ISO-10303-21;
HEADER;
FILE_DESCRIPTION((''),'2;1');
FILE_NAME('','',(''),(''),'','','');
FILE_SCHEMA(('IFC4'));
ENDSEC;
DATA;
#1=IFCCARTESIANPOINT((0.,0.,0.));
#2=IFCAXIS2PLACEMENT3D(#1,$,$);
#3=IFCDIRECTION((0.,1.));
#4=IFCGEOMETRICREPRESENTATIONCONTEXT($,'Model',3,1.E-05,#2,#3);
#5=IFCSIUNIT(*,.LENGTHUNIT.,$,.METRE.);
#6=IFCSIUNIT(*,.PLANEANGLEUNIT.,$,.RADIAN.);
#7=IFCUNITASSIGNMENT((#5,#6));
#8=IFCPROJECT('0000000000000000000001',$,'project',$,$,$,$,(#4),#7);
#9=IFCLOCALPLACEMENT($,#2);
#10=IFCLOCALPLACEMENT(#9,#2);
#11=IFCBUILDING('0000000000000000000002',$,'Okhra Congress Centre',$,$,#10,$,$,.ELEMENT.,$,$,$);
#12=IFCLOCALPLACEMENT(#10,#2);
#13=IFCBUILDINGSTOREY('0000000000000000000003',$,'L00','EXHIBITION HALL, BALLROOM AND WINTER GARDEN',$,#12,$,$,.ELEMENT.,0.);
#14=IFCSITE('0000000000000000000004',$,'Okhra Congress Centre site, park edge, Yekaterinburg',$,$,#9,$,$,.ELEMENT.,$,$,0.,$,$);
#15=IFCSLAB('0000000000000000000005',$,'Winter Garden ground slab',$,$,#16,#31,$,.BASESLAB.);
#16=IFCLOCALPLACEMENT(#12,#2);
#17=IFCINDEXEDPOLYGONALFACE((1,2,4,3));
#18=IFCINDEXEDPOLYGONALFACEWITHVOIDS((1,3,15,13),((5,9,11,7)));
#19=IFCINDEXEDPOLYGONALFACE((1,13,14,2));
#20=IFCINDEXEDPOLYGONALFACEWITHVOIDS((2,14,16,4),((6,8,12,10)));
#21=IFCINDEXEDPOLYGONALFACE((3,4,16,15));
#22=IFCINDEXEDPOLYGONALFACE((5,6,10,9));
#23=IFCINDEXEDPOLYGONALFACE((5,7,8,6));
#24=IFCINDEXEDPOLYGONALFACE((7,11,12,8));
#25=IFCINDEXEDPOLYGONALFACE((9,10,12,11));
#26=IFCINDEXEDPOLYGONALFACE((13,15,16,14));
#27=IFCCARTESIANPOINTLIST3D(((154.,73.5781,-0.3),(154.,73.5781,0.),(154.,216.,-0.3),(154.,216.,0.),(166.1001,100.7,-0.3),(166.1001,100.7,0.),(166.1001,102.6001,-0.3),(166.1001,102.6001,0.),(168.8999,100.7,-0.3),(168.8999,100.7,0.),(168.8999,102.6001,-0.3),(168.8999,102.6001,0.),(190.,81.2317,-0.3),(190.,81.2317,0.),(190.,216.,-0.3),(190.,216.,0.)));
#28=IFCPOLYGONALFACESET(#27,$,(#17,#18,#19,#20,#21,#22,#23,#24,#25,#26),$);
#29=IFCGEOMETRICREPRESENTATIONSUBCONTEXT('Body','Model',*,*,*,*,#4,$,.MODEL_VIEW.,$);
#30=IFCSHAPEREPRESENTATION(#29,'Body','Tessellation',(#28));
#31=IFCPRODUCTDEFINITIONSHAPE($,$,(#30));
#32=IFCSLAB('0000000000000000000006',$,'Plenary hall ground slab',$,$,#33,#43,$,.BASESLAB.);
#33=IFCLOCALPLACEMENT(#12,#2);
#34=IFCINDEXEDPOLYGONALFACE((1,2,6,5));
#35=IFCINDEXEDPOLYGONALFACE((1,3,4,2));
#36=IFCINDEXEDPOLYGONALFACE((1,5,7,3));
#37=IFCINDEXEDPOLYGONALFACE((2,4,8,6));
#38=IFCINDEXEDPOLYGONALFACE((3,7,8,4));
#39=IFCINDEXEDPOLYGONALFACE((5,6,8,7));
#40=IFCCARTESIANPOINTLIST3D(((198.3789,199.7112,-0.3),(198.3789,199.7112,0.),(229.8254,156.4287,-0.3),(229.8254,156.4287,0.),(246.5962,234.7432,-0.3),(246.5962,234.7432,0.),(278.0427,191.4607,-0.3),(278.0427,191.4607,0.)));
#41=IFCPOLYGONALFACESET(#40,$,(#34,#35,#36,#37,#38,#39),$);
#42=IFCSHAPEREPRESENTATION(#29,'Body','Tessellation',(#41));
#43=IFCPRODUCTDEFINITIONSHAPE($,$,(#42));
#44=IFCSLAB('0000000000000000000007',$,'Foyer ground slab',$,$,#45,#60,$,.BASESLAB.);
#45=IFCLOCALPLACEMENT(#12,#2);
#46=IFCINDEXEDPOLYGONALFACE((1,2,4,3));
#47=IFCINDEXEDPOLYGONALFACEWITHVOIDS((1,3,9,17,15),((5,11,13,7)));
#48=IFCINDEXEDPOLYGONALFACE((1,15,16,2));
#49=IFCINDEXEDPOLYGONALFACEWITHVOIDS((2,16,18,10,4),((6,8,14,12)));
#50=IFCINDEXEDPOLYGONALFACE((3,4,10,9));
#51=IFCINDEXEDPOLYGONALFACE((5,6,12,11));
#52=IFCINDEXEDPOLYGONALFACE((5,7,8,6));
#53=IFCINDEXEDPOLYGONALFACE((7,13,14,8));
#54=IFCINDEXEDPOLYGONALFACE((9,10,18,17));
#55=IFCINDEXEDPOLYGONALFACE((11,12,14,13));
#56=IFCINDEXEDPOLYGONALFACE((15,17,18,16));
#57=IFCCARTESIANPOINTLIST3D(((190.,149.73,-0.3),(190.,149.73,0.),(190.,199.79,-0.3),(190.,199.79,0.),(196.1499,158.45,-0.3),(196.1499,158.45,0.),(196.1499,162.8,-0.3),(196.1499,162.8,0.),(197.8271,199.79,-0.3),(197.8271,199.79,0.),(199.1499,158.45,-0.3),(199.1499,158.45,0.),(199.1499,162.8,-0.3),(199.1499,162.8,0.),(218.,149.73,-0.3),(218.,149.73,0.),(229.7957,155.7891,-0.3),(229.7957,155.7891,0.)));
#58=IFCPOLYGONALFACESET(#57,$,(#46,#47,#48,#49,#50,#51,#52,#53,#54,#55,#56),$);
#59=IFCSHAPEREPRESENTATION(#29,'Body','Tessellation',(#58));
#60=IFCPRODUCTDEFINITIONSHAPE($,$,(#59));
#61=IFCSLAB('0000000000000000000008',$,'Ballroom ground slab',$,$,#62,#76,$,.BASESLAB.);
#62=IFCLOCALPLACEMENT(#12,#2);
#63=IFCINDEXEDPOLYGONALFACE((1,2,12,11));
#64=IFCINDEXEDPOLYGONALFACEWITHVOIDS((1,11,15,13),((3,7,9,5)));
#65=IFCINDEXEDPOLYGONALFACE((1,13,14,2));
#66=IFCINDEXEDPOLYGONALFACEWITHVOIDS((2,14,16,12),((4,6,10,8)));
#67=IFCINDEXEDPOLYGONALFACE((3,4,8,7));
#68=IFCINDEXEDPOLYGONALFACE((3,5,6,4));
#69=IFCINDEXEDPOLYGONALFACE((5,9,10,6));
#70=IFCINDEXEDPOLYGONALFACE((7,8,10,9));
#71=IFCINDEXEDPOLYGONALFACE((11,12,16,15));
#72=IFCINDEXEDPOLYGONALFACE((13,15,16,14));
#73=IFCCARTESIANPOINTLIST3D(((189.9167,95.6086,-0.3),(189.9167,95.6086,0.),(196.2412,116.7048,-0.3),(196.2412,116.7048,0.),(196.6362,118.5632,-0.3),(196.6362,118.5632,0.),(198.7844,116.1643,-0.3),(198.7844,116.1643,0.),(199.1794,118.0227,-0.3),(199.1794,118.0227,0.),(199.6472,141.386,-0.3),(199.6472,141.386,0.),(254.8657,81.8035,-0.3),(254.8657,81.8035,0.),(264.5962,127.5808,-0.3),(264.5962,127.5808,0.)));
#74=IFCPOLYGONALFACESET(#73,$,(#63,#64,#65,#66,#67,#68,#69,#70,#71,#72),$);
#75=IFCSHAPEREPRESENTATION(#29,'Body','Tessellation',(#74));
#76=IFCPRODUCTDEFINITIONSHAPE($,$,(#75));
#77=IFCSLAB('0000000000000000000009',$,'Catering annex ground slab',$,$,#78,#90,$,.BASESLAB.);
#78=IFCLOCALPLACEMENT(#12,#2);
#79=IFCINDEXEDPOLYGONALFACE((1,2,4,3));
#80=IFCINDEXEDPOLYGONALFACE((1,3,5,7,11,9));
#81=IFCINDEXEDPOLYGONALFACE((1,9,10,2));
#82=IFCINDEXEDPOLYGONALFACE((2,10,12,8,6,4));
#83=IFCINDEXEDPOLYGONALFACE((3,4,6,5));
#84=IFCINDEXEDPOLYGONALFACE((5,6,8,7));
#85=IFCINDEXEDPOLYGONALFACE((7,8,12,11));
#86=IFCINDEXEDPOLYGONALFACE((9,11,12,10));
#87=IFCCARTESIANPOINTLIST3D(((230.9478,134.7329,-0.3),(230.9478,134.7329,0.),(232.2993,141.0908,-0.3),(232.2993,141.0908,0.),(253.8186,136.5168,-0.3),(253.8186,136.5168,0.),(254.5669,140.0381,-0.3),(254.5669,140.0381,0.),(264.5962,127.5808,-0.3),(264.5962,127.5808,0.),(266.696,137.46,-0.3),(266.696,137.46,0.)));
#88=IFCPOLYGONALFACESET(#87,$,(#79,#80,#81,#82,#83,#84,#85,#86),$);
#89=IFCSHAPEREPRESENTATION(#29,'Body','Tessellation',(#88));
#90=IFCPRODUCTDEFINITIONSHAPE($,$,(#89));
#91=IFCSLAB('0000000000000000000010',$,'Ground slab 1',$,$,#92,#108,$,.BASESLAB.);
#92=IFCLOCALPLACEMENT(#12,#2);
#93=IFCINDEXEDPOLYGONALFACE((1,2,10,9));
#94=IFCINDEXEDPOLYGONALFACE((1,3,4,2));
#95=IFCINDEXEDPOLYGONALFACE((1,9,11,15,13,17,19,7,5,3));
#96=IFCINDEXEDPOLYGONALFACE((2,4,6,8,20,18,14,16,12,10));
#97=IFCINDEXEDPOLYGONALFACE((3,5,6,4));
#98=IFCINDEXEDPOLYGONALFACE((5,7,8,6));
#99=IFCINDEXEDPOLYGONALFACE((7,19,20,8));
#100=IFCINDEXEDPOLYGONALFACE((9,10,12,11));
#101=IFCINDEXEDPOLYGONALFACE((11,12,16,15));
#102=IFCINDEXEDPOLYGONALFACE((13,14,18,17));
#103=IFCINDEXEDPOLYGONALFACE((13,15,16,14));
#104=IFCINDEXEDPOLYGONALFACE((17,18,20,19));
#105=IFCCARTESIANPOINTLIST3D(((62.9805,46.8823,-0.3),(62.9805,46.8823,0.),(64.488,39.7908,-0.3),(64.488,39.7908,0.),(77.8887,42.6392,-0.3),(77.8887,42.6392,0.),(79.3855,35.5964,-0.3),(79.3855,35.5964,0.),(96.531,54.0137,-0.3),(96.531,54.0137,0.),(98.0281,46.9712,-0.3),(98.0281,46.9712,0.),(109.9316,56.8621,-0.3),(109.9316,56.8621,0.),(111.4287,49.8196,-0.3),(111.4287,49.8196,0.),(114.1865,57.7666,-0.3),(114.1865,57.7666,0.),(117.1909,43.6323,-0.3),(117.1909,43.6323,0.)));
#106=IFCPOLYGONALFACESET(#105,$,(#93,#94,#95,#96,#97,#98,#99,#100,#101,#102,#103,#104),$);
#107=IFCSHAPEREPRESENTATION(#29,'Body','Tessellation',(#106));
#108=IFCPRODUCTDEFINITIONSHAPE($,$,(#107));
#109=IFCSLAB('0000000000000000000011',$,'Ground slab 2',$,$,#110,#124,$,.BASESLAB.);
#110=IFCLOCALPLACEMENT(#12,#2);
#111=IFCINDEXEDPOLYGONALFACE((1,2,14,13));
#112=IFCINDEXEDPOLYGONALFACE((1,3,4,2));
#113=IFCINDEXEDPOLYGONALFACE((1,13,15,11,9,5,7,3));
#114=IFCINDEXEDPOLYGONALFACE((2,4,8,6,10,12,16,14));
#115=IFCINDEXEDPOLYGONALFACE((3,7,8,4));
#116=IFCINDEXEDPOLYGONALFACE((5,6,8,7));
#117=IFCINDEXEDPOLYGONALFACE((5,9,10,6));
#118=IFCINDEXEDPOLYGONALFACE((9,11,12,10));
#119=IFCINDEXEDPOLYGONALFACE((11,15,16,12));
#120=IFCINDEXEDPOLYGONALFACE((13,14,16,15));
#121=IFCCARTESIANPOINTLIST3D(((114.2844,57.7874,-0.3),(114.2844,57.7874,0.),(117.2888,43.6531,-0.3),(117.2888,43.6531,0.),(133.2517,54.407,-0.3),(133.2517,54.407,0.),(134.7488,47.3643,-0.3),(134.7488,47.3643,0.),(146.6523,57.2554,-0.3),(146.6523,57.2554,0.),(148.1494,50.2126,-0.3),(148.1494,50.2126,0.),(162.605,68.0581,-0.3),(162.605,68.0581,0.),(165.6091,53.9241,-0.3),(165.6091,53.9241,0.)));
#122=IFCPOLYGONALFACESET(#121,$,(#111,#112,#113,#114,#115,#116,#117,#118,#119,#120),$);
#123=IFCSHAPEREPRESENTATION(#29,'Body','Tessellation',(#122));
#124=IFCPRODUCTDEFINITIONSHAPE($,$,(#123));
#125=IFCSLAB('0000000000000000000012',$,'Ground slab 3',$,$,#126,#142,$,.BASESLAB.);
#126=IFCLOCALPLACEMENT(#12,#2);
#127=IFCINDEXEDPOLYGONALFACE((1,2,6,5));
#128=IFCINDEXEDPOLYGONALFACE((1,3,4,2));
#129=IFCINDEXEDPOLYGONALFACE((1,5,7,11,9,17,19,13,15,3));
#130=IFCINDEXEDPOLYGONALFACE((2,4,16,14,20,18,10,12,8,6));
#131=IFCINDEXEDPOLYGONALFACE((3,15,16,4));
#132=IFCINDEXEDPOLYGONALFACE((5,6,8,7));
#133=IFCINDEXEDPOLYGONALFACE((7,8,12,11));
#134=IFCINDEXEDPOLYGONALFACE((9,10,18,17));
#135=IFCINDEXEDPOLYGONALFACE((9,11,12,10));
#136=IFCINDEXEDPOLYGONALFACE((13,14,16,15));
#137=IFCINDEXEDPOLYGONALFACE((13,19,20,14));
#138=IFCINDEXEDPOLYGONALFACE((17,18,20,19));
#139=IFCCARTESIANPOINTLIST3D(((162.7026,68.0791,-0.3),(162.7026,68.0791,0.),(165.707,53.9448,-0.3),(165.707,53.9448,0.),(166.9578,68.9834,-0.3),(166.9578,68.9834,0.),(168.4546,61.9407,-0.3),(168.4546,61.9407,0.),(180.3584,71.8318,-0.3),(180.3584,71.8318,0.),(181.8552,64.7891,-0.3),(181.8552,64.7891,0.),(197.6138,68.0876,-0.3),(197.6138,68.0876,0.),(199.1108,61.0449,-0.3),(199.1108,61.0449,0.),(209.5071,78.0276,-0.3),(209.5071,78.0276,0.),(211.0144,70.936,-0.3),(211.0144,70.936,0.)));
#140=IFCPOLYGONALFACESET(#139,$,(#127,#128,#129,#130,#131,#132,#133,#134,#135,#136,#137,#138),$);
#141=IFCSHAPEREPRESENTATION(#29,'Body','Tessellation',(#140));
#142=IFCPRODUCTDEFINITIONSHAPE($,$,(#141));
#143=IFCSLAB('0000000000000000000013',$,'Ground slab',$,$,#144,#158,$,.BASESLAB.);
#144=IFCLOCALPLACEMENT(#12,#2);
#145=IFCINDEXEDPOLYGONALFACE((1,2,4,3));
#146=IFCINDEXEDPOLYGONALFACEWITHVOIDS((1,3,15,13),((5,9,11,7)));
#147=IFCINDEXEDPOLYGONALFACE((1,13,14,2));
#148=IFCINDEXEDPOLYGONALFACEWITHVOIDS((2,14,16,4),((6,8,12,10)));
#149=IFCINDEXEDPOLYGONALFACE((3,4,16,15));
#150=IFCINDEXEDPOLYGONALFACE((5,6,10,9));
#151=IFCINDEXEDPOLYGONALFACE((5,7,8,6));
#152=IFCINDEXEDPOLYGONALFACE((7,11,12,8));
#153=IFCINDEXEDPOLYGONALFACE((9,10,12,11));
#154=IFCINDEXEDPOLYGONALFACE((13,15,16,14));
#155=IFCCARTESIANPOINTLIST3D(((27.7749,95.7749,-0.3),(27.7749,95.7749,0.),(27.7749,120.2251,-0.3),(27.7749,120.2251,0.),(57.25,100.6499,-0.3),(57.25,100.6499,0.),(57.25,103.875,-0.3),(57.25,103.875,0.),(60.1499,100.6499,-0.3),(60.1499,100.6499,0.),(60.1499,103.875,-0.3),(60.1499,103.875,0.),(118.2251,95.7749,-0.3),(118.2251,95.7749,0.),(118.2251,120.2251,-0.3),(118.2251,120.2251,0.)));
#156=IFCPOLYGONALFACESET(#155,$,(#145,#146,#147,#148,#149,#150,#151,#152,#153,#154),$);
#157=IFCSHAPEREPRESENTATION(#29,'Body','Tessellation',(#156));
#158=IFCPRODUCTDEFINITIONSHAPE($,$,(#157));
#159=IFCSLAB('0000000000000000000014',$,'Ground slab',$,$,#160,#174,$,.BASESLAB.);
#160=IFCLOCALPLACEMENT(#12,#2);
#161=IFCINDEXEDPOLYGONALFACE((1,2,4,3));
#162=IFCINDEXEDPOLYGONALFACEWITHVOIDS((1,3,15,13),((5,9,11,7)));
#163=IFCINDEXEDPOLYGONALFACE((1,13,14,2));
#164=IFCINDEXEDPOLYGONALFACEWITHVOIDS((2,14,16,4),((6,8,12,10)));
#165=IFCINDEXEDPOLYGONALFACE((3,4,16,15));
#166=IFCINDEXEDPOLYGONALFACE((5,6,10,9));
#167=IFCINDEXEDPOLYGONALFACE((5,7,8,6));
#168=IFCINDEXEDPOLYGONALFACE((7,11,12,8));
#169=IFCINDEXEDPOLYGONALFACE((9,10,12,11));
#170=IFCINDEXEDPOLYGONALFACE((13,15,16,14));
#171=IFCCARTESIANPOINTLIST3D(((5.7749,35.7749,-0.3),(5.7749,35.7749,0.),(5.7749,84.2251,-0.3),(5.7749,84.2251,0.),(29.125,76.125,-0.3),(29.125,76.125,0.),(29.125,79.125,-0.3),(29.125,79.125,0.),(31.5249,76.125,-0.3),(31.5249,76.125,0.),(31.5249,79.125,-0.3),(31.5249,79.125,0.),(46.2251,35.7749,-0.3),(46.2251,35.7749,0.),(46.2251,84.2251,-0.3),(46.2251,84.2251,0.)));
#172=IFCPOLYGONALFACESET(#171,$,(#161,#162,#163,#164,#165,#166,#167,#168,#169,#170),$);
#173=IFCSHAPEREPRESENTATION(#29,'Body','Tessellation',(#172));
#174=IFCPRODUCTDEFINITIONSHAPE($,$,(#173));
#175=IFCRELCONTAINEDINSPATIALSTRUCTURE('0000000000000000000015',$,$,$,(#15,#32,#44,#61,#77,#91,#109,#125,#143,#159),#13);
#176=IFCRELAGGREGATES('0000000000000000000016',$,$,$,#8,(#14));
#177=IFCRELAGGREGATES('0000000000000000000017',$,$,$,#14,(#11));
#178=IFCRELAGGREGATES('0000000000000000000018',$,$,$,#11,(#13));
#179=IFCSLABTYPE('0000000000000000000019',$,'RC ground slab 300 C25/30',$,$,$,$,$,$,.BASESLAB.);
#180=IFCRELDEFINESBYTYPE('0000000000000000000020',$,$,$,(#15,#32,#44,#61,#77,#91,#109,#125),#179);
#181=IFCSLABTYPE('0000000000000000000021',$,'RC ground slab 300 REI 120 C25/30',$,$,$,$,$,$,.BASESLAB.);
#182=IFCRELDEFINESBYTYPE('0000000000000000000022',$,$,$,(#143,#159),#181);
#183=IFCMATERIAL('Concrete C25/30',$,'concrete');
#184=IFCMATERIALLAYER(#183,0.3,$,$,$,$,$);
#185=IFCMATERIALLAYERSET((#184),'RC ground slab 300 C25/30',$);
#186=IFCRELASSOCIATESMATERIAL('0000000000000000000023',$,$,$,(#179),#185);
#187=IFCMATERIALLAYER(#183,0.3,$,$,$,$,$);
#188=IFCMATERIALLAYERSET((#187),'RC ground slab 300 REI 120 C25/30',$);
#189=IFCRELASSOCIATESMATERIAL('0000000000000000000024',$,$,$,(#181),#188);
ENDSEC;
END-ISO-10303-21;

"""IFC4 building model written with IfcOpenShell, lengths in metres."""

from ifc_helpers import new_model, si_unit, direction, frame, origin, place, context, subcontext, project, spatial, polyline, outline, extrude, material, layer, layer_set, type_object, element, save


model = new_model("IFC4")

# Units and contexts
model_context = context("Model", 3, precision=1e-05, world=origin(), true_north=direction((0.0, 1.0)))
body_context = subcontext(model_context, "Body", "Model", "MODEL_VIEW")
ifc_project = project(units=[si_unit("LENGTHUNIT", "METRE"), si_unit("PLANEANGLEUNIT", "RADIAN")], contexts=[model_context])

# Site, building, storey
site_placement = place(None, origin())
site = spatial("IfcSite", under=ifc_project, at=site_placement, Name="Okhra Congress Centre site, park edge, Yekaterinburg", CompositionType="ELEMENT", RefElevation=0.0)
building_placement = place(site_placement, origin())
building = spatial("IfcBuilding", under=site, at=building_placement, Name="Okhra Congress Centre", CompositionType="ELEMENT")
storey_placement = place(building_placement, origin())
storey = spatial("IfcBuildingStorey", under=building, at=storey_placement, Name="L00", Description="EXHIBITION HALL, BALLROOM AND WINTER GARDEN", CompositionType="ELEMENT", Elevation=0.0)

# Slabs
ifc_material_1 = material(Name="Concrete C25/30", Category="concrete")
ifc_layer_1 = layer(ifc_material_1, 0.3)
ifc_layer_set_1 = layer_set([ifc_layer_1], Name="RC ground slab 300 C25/30")
slab_type_1 = type_object("IfcSlabType", Name="RC ground slab 300 C25/30", PredefinedType="BASESLAB", material=ifc_layer_set_1)
slab_1_placement = place(storey_placement, frame((0.0, 0.0, -0.3)))
element("IfcSlab", 1, at=slab_1_placement, inside=storey, type_object=slab_type_1, Name="Winter Garden ground slab", PredefinedType="BASESLAB", context=body_context, shape_type="SweptSolid", body=[
    extrude(outline(polyline([(154.0, 73.5781), (190.0, 81.2317), (190.0, 216.0), (154.0, 216.0), (154.0, 73.5781)]), holes=[polyline([(166.1001, 100.7), (168.8999, 100.7), (168.8999, 102.6001), (166.1001, 102.6001), (166.1001, 100.7)])]), origin(), (0.0, 0.0, 1.0), 0.3),
])
slab_2_placement = place(storey_placement, frame((0.0, 0.0, -0.3)))
element("IfcSlab", 2, at=slab_2_placement, inside=storey, type_object=slab_type_1, Name="Plenary hall ground slab", PredefinedType="BASESLAB", context=body_context, shape_type="SweptSolid", body=[
    extrude(outline(polyline([(229.8254, 156.4287), (278.0427, 191.4607), (246.5962, 234.7432), (198.3789, 199.7112), (229.8254, 156.4287)])), origin(), (0.0, 0.0, 1.0), 0.3),
])
slab_3_placement = place(storey_placement, frame((0.0, 0.0, -0.3)))
element("IfcSlab", 3, at=slab_3_placement, inside=storey, type_object=slab_type_1, Name="Foyer ground slab", PredefinedType="BASESLAB", context=body_context, shape_type="SweptSolid", body=[
    extrude(outline(polyline([(190.0, 149.73), (218.0, 149.73), (229.7957, 155.7891), (197.8271, 199.79), (190.0, 199.79), (190.0, 149.73)]), holes=[polyline([(196.1499, 158.45), (199.1499, 158.45), (199.1499, 162.8), (196.1499, 162.8), (196.1499, 158.45)])]), origin(), (0.0, 0.0, 1.0), 0.3),
])
slab_4_placement = place(storey_placement, frame((0.0, 0.0, -0.3)))
element("IfcSlab", 4, at=slab_4_placement, inside=storey, type_object=slab_type_1, Name="Ballroom ground slab", PredefinedType="BASESLAB", context=body_context, shape_type="SweptSolid", body=[
    extrude(outline(polyline([(189.9167, 95.6086), (254.8657, 81.8035), (264.5962, 127.5808), (199.6472, 141.386), (189.9167, 95.6086)]), holes=[polyline([(196.2412, 116.7048), (198.7844, 116.1643), (199.1794, 118.0227), (196.6362, 118.5632), (196.2412, 116.7048)])]), origin(), (0.0, 0.0, 1.0), 0.3),
])
slab_5_placement = place(storey_placement, frame((0.0, 0.0, -0.3)))
element("IfcSlab", 5, at=slab_5_placement, inside=storey, type_object=slab_type_1, Name="Catering annex ground slab", PredefinedType="BASESLAB", context=body_context, shape_type="SweptSolid", body=[
    extrude(outline(polyline([(230.9478, 134.7329), (264.5962, 127.5808), (266.696, 137.46), (254.5669, 140.0381), (253.8186, 136.5168), (232.2993, 141.0908), (230.9478, 134.7329)])), origin(), (0.0, 0.0, 1.0), 0.3),
])
slab_6_placement = place(storey_placement, frame((0.0, 0.0, -0.3)))
element("IfcSlab", 6, at=slab_6_placement, inside=storey, type_object=slab_type_1, Name="Ground slab 1", PredefinedType="BASESLAB", context=body_context, shape_type="SweptSolid", body=[
    extrude(outline(polyline([(109.9316, 56.8621), (111.4287, 49.8196), (98.0281, 46.9712), (96.531, 54.0137), (62.9805, 46.8823), (64.488, 39.7908), (77.8887, 42.6392), (79.3855, 35.5964), (117.1909, 43.6323), (114.1865, 57.7666), (109.9316, 56.8621)])), origin(), (0.0, 0.0, 1.0), 0.3),
])
slab_7_placement = place(storey_placement, frame((0.0, 0.0, -0.3)))
element("IfcSlab", 7, at=slab_7_placement, inside=storey, type_object=slab_type_1, Name="Ground slab 2", PredefinedType="BASESLAB", context=body_context, shape_type="SweptSolid", body=[
    extrude(outline(polyline([(114.2844, 57.7874), (117.2888, 43.6531), (134.7488, 47.3643), (133.2517, 54.407), (146.6523, 57.2554), (148.1494, 50.2126), (165.6091, 53.9241), (162.605, 68.0581), (114.2844, 57.7874)])), origin(), (0.0, 0.0, 1.0), 0.3),
])
slab_8_placement = place(storey_placement, frame((0.0, 0.0, -0.3)))
element("IfcSlab", 8, at=slab_8_placement, inside=storey, type_object=slab_type_1, Name="Ground slab 3", PredefinedType="BASESLAB", context=body_context, shape_type="SweptSolid", body=[
    extrude(outline(polyline([(162.7026, 68.0791), (165.707, 53.9448), (199.1108, 61.0449), (197.6138, 68.0876), (211.0144, 70.936), (209.5071, 78.0276), (180.3584, 71.8318), (181.8552, 64.7891), (168.4546, 61.9407), (166.9578, 68.9834), (162.7026, 68.0791)])), origin(), (0.0, 0.0, 1.0), 0.3),
])
ifc_layer_2 = layer(ifc_material_1, 0.3)
ifc_layer_set_2 = layer_set([ifc_layer_2], Name="RC ground slab 300 REI 120 C25/30")
slab_type_2 = type_object("IfcSlabType", Name="RC ground slab 300 REI 120 C25/30", PredefinedType="BASESLAB", material=ifc_layer_set_2)
slab_9_placement = place(storey_placement, frame((0.0, 0.0, -0.3)))
element("IfcSlab", 9, at=slab_9_placement, inside=storey, type_object=slab_type_2, Name="Ground slab", PredefinedType="BASESLAB", context=body_context, shape_type="SweptSolid", body=[
    extrude(outline(polyline([(118.2251, 95.7749), (118.2251, 120.2251), (27.7749, 120.2251), (27.7749, 95.7749), (118.2251, 95.7749)]), holes=[polyline([(57.25, 100.6499), (60.1499, 100.6499), (60.1499, 103.875), (57.25, 103.875), (57.25, 100.6499)])]), origin(), (0.0, 0.0, 1.0), 0.3),
])
slab_10_placement = place(storey_placement, frame((0.0, 0.0, -0.3)))
element("IfcSlab", 10, at=slab_10_placement, inside=storey, type_object=slab_type_2, Name="Ground slab", PredefinedType="BASESLAB", context=body_context, shape_type="SweptSolid", body=[
    extrude(outline(polyline([(46.2251, 35.7749), (46.2251, 84.2251), (5.7749, 84.2251), (5.7749, 35.7749), (46.2251, 35.7749)]), holes=[polyline([(29.125, 76.125), (31.5249, 76.125), (31.5249, 79.125), (29.125, 79.125), (29.125, 76.125)])]), origin(), (0.0, 0.0, 1.0), 0.3),
])

save(model, "model.ifc")
